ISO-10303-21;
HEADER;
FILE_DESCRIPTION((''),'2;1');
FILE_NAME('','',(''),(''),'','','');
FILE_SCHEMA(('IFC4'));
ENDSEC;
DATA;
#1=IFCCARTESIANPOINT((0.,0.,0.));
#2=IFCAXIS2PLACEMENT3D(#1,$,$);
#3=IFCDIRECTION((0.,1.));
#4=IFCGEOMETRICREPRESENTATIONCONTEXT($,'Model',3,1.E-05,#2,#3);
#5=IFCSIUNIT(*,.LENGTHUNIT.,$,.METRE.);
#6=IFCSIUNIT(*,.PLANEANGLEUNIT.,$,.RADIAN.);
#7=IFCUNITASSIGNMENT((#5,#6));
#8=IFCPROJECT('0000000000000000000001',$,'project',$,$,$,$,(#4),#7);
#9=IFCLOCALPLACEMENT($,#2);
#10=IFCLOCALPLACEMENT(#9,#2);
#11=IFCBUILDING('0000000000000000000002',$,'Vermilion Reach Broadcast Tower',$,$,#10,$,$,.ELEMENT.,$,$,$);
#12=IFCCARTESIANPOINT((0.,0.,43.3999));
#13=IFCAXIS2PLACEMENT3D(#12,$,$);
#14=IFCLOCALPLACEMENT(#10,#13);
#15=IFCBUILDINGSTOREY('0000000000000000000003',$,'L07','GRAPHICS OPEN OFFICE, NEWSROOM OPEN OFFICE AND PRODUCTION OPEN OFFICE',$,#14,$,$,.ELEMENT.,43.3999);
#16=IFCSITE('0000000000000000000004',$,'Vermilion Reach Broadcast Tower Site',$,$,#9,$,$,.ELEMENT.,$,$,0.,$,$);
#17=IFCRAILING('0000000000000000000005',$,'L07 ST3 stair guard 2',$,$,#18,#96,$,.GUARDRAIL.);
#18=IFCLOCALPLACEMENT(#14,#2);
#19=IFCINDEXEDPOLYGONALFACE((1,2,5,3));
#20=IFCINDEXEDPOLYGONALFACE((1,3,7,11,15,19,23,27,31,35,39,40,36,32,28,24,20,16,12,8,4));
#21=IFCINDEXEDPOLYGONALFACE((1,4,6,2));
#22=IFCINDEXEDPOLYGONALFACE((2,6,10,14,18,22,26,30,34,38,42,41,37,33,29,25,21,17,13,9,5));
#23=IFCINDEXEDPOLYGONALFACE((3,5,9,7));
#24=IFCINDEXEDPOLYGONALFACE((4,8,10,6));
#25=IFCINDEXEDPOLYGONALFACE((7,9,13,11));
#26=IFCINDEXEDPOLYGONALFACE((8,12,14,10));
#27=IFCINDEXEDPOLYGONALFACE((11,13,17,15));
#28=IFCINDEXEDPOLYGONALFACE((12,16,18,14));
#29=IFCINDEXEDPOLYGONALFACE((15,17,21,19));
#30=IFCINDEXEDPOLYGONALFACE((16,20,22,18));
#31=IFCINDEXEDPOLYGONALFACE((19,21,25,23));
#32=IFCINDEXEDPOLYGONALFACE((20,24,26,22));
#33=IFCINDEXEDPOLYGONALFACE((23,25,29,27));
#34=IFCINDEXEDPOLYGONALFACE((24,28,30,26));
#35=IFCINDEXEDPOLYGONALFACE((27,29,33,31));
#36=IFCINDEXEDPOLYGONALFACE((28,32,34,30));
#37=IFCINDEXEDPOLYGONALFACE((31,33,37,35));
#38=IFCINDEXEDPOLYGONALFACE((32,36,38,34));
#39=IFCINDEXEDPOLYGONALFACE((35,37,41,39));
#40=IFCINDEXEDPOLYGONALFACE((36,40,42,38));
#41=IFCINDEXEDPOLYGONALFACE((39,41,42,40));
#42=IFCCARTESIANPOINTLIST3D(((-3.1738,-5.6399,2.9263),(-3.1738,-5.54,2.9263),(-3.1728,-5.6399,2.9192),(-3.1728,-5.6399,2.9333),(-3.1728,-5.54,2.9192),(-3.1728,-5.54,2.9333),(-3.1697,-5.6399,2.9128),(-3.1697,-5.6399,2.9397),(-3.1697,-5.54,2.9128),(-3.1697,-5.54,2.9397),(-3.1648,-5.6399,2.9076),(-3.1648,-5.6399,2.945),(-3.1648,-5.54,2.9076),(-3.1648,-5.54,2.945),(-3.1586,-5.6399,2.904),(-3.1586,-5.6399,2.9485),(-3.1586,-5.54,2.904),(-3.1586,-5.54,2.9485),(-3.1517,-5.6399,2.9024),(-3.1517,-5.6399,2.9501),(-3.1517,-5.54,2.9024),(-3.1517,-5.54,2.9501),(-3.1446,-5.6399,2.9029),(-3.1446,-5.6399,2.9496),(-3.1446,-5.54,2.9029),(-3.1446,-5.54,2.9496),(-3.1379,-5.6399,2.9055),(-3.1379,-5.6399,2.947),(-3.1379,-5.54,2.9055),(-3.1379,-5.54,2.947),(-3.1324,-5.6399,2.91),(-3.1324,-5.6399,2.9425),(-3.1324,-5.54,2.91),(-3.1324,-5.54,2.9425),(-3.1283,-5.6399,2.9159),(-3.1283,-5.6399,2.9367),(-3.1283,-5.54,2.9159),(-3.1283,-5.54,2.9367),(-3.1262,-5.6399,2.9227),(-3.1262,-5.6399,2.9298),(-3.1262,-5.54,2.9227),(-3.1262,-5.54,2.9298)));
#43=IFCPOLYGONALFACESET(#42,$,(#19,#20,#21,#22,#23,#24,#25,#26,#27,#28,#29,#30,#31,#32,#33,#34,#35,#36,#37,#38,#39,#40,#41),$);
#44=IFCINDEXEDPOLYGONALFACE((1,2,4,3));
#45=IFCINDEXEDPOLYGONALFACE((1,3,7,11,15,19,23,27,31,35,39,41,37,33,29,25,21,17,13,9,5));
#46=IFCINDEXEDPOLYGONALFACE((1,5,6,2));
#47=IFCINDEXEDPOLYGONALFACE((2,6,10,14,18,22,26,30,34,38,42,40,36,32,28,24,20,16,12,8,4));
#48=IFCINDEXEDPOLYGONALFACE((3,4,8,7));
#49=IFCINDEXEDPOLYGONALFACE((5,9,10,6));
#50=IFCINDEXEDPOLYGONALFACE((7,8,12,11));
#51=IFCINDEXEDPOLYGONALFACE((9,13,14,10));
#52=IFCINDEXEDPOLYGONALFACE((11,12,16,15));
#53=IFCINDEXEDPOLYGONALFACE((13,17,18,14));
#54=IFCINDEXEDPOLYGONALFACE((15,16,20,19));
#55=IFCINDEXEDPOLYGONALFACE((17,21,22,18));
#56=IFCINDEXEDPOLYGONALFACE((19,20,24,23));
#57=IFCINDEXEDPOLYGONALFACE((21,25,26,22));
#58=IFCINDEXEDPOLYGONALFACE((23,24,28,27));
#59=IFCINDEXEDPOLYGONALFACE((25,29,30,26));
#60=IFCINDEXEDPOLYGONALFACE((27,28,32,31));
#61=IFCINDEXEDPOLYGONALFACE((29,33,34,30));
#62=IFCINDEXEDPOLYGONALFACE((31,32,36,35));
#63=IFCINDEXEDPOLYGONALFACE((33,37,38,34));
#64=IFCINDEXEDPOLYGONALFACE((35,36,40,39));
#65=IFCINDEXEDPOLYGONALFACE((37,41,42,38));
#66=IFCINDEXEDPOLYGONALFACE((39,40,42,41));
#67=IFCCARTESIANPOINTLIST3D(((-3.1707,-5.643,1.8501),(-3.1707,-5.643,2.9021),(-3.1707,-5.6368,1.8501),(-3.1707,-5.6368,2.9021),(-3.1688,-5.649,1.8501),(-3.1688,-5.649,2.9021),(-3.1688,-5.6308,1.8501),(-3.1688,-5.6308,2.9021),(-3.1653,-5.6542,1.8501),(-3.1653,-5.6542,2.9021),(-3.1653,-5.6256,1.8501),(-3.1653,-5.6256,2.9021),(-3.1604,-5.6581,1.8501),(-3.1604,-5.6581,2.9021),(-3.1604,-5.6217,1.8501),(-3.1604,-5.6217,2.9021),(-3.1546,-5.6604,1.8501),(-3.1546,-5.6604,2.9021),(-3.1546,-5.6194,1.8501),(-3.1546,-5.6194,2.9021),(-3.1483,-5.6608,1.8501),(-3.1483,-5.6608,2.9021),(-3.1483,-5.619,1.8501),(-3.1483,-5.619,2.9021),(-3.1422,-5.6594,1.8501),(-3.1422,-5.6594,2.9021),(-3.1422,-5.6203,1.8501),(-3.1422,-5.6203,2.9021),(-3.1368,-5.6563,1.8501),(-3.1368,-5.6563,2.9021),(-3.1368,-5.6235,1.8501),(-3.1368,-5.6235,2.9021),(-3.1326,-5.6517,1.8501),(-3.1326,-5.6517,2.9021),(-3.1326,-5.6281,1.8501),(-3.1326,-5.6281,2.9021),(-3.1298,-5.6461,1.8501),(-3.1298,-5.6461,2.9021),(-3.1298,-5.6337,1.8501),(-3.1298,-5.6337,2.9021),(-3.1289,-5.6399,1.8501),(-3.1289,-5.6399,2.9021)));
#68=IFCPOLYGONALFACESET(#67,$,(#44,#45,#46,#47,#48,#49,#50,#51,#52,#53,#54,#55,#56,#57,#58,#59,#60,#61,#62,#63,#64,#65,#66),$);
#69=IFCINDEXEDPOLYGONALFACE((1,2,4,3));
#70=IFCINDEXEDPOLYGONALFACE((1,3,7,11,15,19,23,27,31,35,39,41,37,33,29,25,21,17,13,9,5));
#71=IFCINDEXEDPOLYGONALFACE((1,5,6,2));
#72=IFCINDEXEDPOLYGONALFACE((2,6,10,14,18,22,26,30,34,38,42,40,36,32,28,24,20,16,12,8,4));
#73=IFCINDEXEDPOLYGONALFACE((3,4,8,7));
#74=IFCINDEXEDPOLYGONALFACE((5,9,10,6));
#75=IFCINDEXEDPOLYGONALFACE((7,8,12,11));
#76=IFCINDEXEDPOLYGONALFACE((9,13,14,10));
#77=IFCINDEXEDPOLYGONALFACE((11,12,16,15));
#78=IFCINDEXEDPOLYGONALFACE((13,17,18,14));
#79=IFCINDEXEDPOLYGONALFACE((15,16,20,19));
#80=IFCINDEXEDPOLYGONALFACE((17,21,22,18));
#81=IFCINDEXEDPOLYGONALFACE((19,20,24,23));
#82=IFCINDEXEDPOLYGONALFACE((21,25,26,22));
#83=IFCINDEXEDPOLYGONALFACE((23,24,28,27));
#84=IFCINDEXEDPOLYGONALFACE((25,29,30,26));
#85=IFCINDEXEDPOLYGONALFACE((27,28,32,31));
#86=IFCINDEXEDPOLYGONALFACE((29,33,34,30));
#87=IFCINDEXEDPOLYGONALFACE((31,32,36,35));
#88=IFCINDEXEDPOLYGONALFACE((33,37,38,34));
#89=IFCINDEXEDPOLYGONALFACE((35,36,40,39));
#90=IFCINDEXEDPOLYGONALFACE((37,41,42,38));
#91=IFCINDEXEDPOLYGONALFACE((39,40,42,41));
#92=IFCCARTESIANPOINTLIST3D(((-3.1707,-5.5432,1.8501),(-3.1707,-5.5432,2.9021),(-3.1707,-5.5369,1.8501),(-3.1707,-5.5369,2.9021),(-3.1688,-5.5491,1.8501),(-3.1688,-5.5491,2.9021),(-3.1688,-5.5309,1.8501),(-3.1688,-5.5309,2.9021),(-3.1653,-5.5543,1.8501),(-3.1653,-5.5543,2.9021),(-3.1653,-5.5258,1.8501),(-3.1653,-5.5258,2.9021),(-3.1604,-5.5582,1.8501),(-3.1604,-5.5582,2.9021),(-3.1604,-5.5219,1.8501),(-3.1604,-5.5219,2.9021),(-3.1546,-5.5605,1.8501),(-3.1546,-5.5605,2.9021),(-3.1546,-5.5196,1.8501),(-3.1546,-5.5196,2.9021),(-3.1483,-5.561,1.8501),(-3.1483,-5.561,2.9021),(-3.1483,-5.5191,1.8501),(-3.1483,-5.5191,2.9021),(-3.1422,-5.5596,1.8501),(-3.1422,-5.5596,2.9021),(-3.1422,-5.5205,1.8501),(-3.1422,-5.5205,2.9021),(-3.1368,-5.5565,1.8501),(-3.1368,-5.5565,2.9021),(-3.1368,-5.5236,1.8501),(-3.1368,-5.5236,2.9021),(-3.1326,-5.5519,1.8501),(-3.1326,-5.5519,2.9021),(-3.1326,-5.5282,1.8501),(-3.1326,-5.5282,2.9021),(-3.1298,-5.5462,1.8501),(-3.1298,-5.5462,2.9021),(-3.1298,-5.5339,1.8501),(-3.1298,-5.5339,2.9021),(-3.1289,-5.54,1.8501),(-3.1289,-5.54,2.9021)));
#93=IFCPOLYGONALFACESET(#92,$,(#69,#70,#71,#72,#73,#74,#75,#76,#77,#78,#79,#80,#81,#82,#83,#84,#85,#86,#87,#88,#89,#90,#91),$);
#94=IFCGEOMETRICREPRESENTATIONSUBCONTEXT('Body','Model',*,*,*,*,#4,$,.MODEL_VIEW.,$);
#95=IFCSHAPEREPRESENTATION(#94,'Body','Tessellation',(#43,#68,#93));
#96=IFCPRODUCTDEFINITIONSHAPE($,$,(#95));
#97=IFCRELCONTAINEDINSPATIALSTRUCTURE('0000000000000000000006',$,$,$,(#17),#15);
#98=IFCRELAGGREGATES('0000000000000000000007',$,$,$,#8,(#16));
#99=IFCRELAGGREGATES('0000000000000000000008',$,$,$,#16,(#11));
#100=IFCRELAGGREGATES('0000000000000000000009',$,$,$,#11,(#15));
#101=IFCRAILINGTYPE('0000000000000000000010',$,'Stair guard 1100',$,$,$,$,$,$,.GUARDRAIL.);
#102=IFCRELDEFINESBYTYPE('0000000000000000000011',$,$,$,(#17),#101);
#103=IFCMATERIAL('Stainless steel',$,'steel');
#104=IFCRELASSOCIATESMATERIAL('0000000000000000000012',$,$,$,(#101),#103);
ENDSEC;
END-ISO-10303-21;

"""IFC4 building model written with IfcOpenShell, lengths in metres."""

from ifc_helpers import new_model, si_unit, direction, frame, origin, origin_2d, place, context, subcontext, project, spatial, circle, extrude, material, type_object, element, save


model = new_model("IFC4")

# Units and contexts
model_context = context("Model", 3, precision=1e-05, world=origin(), true_north=direction((0.0, 1.0)))
body_context = subcontext(model_context, "Body", "Model", "MODEL_VIEW")
ifc_project = project(units=[si_unit("LENGTHUNIT", "METRE"), si_unit("PLANEANGLEUNIT", "RADIAN")], contexts=[model_context])

# Site, building, storey
site_placement = place(None, origin())
site = spatial("IfcSite", under=ifc_project, at=site_placement, Name="Vermilion Reach Broadcast Tower Site", CompositionType="ELEMENT", RefElevation=0.0)
building_placement = place(site_placement, origin())
building = spatial("IfcBuilding", under=site, at=building_placement, Name="Vermilion Reach Broadcast Tower", CompositionType="ELEMENT")
storey_placement = place(building_placement, frame((0.0, 0.0, 43.3999)))
storey = spatial("IfcBuildingStorey", under=building, at=storey_placement, Name="L07", Description="GRAPHICS OPEN OFFICE, NEWSROOM OPEN OFFICE AND PRODUCTION OPEN OFFICE", CompositionType="ELEMENT", Elevation=43.3999)

# Railing
ifc_material_1 = material(Name="Stainless steel", Category="steel")
railing_type_1 = type_object("IfcRailingType", Name="Stair guard 1100", PredefinedType="GUARDRAIL", material=ifc_material_1)
railing_1_placement = place(storey_placement, frame((-3.1499, -5.6399, 1.8501)))
element("IfcRailing", 1, at=railing_1_placement, inside=storey, type_object=railing_type_1, Name="L07 ST3 stair guard 2", PredefinedType="GUARDRAIL", context=body_context, shape_type="SweptSolid", body=[
    extrude(circle(Radius=0.0239, at=origin_2d()), frame((0.0, 0.0, 1.0762), z_axis=(0.0, 1.0, 0.0), x_axis=(-1.0, 0.0, 0.0)), (0.0, 0.0, 1.0), 0.0999),
    extrude(circle(Radius=0.021, at=origin_2d()), origin(), (0.0, 0.0, 1.0), 1.052),
    extrude(circle(Radius=0.021, at=origin_2d()), frame((0.0, 0.0999, 0.0)), (0.0, 0.0, 1.0), 1.052),
])

save(model, "model.ifc")
